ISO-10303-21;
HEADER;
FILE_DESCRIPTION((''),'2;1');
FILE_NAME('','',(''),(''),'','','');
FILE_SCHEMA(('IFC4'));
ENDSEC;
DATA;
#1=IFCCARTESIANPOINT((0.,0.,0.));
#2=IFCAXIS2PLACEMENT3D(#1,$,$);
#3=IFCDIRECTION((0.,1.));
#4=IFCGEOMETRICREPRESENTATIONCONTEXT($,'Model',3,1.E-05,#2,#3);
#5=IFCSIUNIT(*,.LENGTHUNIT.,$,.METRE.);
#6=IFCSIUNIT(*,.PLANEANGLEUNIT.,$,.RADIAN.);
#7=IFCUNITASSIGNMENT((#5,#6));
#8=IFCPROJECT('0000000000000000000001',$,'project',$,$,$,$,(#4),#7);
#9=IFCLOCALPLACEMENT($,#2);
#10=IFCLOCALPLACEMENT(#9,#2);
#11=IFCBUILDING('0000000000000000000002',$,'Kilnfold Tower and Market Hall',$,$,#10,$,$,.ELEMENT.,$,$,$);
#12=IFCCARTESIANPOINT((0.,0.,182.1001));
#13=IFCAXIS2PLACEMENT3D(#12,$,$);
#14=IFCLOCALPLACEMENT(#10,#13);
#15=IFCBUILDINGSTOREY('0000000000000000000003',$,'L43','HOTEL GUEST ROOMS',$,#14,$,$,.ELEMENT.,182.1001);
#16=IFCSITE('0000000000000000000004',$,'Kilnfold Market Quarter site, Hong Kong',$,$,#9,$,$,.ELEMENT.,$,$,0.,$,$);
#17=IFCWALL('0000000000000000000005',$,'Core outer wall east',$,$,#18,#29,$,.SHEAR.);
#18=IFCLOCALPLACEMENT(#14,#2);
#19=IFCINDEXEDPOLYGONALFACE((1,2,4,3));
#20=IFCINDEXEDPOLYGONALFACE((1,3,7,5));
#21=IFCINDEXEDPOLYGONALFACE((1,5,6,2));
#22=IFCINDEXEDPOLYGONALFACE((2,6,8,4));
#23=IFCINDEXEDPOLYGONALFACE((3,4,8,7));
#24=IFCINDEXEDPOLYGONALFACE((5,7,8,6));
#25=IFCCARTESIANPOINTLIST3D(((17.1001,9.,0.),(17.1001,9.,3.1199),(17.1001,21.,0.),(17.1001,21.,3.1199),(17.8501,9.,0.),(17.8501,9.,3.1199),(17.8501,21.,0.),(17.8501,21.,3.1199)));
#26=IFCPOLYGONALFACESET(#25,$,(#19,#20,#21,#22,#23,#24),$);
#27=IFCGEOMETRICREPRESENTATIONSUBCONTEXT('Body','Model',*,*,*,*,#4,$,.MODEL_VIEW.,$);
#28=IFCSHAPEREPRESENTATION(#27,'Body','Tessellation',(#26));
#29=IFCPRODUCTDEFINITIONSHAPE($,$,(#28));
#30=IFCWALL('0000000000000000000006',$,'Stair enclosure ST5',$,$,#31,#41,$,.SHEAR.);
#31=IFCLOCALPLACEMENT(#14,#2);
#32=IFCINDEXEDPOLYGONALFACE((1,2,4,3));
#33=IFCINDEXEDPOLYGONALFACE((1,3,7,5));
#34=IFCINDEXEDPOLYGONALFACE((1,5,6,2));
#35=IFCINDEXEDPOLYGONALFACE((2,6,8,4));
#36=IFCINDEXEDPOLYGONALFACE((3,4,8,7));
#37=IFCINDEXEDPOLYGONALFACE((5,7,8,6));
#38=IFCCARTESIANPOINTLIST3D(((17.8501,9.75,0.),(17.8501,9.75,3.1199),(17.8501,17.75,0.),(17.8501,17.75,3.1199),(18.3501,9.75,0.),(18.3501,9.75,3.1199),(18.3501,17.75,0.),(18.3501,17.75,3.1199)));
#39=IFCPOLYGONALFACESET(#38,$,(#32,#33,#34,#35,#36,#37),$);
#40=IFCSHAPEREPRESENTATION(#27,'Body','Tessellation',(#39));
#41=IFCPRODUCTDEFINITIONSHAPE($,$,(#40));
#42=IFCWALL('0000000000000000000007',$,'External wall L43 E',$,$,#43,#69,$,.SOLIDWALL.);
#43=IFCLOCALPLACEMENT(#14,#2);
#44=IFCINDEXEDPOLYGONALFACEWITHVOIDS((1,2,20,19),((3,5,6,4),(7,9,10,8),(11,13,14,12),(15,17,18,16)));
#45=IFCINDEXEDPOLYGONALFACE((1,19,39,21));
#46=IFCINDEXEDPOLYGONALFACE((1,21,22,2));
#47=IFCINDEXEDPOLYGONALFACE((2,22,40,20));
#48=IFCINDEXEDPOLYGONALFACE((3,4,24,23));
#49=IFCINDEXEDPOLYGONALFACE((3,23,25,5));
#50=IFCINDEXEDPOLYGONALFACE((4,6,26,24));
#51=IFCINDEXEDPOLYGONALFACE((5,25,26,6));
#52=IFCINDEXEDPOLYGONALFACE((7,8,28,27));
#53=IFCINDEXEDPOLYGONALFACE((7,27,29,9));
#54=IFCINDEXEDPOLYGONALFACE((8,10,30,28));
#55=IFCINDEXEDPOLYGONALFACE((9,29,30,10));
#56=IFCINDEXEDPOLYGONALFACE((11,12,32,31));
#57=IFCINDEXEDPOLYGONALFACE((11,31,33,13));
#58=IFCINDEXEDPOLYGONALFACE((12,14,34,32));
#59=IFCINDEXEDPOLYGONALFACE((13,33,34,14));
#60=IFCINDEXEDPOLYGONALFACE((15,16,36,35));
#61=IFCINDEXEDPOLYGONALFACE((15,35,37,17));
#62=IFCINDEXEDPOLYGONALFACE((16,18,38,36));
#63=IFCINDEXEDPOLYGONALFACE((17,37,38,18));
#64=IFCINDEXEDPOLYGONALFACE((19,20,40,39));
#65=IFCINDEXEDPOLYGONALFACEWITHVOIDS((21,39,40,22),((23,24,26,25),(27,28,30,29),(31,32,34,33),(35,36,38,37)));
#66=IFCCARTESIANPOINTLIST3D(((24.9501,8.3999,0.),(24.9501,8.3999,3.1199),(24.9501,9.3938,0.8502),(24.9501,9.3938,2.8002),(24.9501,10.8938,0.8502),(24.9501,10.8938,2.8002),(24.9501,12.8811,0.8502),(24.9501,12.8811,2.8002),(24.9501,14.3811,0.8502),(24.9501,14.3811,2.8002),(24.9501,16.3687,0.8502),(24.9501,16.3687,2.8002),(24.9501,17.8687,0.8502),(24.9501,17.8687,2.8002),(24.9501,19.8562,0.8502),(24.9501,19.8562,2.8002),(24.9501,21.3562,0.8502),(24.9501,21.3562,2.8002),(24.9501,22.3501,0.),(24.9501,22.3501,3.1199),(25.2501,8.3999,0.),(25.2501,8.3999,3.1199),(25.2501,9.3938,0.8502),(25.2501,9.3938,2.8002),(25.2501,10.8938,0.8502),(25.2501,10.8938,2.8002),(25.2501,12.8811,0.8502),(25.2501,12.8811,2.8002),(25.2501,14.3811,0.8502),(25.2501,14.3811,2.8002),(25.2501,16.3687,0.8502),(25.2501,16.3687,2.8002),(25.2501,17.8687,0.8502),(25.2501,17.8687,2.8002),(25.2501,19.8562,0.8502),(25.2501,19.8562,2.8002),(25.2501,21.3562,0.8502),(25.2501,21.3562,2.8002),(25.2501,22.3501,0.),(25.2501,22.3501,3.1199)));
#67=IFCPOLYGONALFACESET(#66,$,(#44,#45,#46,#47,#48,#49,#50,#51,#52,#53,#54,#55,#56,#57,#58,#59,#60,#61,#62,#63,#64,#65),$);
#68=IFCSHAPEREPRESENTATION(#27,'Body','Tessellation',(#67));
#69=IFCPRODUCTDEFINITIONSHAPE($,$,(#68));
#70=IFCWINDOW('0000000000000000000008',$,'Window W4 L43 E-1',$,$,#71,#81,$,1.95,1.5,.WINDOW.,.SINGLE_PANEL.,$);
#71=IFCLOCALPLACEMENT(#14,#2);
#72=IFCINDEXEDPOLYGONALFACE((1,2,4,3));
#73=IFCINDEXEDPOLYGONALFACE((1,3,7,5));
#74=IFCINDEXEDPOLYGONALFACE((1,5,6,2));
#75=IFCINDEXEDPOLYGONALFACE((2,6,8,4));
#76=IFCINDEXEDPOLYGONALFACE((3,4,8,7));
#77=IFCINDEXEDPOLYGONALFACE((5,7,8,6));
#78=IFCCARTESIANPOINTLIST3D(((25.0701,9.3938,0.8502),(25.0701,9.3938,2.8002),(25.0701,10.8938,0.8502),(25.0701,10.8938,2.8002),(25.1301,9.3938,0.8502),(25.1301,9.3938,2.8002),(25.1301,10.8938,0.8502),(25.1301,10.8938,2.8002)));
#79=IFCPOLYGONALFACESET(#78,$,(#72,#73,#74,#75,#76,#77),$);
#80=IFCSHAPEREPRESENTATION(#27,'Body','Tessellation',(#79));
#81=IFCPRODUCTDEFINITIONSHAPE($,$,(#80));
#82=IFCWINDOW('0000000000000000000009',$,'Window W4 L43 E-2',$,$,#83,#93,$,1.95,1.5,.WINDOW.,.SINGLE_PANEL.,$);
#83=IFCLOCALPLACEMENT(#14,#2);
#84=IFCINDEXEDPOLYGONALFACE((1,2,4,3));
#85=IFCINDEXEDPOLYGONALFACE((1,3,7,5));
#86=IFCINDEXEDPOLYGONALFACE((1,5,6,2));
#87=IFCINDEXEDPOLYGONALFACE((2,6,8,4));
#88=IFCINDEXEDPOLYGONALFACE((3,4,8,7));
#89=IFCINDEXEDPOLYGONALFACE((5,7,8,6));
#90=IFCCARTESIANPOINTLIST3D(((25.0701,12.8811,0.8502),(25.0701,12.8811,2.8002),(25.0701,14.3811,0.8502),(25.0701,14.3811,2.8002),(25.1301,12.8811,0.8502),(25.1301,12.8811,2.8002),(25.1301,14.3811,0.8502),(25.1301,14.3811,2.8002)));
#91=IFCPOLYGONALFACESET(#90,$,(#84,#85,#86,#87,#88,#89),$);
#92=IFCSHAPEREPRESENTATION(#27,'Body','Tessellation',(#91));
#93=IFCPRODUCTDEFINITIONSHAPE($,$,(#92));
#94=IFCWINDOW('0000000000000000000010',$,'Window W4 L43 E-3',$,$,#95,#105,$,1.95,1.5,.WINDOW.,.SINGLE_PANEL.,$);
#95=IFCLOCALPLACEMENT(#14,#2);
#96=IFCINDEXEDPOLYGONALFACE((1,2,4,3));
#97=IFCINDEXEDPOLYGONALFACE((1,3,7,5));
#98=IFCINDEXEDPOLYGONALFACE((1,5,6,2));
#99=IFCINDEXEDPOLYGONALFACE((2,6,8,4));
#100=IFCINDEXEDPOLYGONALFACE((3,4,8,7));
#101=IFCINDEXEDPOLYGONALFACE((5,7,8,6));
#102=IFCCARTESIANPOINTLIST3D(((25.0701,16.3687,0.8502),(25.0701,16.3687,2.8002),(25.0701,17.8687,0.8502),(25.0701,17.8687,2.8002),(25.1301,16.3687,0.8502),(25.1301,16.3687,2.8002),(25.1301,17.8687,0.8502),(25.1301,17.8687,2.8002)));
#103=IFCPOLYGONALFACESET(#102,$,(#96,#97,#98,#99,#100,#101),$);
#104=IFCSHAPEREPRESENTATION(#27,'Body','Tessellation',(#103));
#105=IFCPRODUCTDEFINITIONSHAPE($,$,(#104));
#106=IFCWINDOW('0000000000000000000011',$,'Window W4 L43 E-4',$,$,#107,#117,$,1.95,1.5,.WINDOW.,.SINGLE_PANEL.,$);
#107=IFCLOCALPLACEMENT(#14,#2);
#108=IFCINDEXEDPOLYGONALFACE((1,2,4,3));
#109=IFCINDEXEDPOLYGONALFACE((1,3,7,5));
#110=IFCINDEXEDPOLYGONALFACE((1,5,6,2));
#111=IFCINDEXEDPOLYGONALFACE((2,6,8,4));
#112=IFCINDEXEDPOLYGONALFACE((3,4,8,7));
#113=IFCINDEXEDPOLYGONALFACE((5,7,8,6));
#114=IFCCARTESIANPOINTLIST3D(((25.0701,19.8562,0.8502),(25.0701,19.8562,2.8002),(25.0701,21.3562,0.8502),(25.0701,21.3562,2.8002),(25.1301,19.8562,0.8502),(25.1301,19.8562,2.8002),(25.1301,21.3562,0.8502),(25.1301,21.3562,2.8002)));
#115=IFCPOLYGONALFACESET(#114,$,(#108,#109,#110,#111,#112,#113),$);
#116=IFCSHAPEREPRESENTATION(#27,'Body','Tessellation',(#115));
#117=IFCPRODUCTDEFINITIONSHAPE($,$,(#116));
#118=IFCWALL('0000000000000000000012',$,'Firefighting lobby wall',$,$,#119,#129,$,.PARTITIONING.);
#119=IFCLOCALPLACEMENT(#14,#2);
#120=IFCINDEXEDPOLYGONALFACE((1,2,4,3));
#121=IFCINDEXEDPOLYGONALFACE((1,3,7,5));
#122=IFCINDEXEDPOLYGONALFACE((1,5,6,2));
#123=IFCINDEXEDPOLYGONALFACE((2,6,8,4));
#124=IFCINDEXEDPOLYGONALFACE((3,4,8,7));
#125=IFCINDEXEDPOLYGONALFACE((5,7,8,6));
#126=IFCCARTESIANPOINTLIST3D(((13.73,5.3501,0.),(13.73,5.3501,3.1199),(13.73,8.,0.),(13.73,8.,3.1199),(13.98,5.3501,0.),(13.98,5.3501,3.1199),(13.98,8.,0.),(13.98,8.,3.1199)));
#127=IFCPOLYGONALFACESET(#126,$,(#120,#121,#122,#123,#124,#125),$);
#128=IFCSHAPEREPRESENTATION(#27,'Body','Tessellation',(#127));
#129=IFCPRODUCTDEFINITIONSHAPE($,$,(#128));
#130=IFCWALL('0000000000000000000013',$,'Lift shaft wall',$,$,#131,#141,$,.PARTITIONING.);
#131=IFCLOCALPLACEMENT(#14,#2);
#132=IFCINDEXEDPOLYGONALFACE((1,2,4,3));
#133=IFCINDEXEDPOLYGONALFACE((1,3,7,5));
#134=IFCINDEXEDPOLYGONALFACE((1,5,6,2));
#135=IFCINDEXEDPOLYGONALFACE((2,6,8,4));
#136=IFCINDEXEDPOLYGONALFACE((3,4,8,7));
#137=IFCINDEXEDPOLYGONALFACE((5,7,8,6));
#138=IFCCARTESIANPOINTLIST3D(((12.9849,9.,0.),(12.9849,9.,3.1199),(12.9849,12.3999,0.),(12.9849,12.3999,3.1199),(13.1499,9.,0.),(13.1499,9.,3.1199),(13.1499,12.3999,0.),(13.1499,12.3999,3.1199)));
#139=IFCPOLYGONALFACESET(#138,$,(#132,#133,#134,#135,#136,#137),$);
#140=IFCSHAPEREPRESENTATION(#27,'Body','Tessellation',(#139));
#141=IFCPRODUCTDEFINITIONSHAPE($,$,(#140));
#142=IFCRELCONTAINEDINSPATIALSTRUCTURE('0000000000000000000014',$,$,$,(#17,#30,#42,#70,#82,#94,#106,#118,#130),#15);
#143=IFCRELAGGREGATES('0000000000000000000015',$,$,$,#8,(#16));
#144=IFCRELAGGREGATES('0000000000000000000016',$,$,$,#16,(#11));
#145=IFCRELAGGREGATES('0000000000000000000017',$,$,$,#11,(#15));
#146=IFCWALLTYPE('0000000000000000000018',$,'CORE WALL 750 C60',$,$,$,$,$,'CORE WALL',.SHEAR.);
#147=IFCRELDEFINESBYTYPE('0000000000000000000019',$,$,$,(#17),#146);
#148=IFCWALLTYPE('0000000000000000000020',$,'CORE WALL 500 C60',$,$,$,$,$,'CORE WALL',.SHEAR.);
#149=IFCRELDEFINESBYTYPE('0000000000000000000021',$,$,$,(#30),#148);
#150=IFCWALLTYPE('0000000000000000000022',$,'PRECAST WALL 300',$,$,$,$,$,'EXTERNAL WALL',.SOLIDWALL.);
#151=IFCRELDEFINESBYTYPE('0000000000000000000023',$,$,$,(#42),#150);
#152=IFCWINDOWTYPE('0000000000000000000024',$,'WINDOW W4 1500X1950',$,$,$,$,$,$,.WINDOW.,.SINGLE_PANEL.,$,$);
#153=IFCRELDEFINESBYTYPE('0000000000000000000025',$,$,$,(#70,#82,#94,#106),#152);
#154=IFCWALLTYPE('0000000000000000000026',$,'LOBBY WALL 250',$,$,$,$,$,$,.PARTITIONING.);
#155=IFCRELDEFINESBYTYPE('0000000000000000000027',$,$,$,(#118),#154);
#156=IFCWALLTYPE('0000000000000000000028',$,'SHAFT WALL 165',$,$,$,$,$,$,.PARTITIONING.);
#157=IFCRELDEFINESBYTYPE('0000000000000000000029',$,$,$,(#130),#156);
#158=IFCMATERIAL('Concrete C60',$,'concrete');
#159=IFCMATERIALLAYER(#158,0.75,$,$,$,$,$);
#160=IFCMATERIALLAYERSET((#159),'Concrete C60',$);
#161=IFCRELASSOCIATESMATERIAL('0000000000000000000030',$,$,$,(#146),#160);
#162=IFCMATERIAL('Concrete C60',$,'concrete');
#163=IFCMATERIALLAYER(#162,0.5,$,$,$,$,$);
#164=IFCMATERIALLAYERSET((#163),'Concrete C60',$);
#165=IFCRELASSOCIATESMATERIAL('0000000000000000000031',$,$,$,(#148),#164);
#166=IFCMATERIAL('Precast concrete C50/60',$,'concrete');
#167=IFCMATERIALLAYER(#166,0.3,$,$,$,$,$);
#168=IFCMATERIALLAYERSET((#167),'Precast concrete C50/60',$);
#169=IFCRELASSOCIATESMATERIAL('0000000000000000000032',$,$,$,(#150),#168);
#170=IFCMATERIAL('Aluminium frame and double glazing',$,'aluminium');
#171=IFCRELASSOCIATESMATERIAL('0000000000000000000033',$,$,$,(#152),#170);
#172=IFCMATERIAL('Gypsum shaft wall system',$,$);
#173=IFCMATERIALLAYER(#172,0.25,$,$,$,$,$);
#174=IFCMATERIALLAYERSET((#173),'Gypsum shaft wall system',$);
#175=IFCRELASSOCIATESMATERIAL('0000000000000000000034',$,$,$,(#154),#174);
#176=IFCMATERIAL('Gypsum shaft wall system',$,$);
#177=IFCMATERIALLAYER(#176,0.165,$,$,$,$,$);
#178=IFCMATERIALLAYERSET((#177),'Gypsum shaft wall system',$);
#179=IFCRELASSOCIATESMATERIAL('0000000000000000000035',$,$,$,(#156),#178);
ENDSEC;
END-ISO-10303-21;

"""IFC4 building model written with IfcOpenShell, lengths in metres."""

from ifc_helpers import new_model, si_unit, direction, frame, frame_2d, origin, place, context, subcontext, project, spatial, rectangle, extrude, source, transform, mapped, material, layer, layer_set, type_object, element, fill, save


model = new_model("IFC4")

# Units and contexts
model_context = context("Model", 3, precision=1e-05, world=origin(), true_north=direction((0.0, 1.0)))
body_context = subcontext(model_context, "Body", "Model", "MODEL_VIEW")
ifc_project = project(units=[si_unit("LENGTHUNIT", "METRE"), si_unit("PLANEANGLEUNIT", "RADIAN")], contexts=[model_context])

# Site, building, storey
site_placement = place(None, origin())
site = spatial("IfcSite", under=ifc_project, at=site_placement, Name="Kilnfold Market Quarter site, Hong Kong", CompositionType="ELEMENT", RefElevation=0.0)
building_placement = place(site_placement, origin())
building = spatial("IfcBuilding", under=site, at=building_placement, Name="Kilnfold Tower and Market Hall", CompositionType="ELEMENT")
storey_placement = place(building_placement, frame((0.0, 0.0, 182.1001)))
storey = spatial("IfcBuildingStorey", under=building, at=storey_placement, Name="L43", Description="HOTEL GUEST ROOMS", CompositionType="ELEMENT", Elevation=182.1001)

# Walls
ifc_material_1 = material(Name="Concrete C60", Category="concrete")
ifc_layer_1 = layer(ifc_material_1, 0.75)
ifc_layer_set_1 = layer_set([ifc_layer_1], Name="Concrete C60")
wall_type_1 = type_object("IfcWallType", Name="CORE WALL 750 C60", ElementType="CORE WALL", PredefinedType="SHEAR", material=ifc_layer_set_1)
shared_shape_1 = source(origin(), body_context, "Body", "SweptSolid", [
    extrude(rectangle(XDim=12.0, YDim=0.75, at=frame_2d((6.0, 0.0))), origin(), (0.0, 0.0, 1.0), 3.1199),
])
wall_1_placement = place(storey_placement, frame((17.4751, 9.0, 0.0), z_axis=(0.0, 0.0, 1.0), x_axis=(0.0, 1.0, 0.0)))
element("IfcWall", 1, at=wall_1_placement, inside=storey, type_object=wall_type_1, Name="Core outer wall east", PredefinedType="SHEAR", context=body_context, shape_type="MappedRepresentation", body=[
    mapped(shared_shape_1, transform((0.0, 0.0, 0.0))),
])
ifc_material_2 = material(Name="Concrete C60", Category="concrete")
ifc_layer_2 = layer(ifc_material_2, 0.5)
ifc_layer_set_2 = layer_set([ifc_layer_2], Name="Concrete C60")
wall_type_2 = type_object("IfcWallType", Name="CORE WALL 500 C60", ElementType="CORE WALL", PredefinedType="SHEAR", material=ifc_layer_set_2)
shared_shape_2 = source(origin(), body_context, "Body", "SweptSolid", [
    extrude(rectangle(XDim=8.0, YDim=0.5, at=frame_2d((4.0, 0.0))), origin(), (0.0, 0.0, 1.0), 3.1199),
])
wall_2_placement = place(storey_placement, frame((18.1001, 9.75, 0.0), z_axis=(0.0, 0.0, 1.0), x_axis=(0.0, 1.0, 0.0)))
element("IfcWall", 2, at=wall_2_placement, inside=storey, type_object=wall_type_2, Name="Stair enclosure ST5", PredefinedType="SHEAR", context=body_context, shape_type="MappedRepresentation", body=[
    mapped(shared_shape_2, transform((0.0, 0.0, 0.0))),
])

# Wall, openings, windows
ifc_material_3 = material(Name="Precast concrete C50/60", Category="concrete")
ifc_layer_3 = layer(ifc_material_3, 0.3)
ifc_layer_set_3 = layer_set([ifc_layer_3], Name="Precast concrete C50/60")
wall_type_3 = type_object("IfcWallType", Name="PRECAST WALL 300", ElementType="EXTERNAL WALL", PredefinedType="SOLIDWALL", material=ifc_layer_set_3)
shared_shape_3 = source(origin(), body_context, "Body", "SweptSolid", [
    extrude(rectangle(XDim=13.9502, YDim=0.3, at=frame_2d((6.9751, 0.0))), origin(), (0.0, 0.0, 1.0), 3.1199),
])
wall_3_placement = place(storey_placement, frame((25.1001, 8.3999, 0.0), z_axis=(0.0, 0.0, 1.0), x_axis=(0.0, 1.0, 0.0)))
wall_3 = element("IfcWall", 3, at=wall_3_placement, inside=storey, type_object=wall_type_3, Name="External wall L43 E", PredefinedType="SOLIDWALL", context=body_context, shape_type="MappedRepresentation", body=[
    mapped(shared_shape_3, transform((0.0, 0.0, 0.0))),
])
opening_1_placement = place(wall_3_placement, frame((0.9939, 0.0, 0.8501)))
opening_1 = element("IfcOpeningElement", 4, at=opening_1_placement, cuts=wall_3, PredefinedType="OPENING", context=body_context, shape_type="SweptSolid", body=[
    extrude(rectangle(XDim=1.5, YDim=1.95, at=frame_2d((0.75, 0.9751))), frame((0.0, 0.1602, 0.0), z_axis=(0.0, -1.0, 0.0), x_axis=(1.0, 0.0, 0.0)), (0.0, 0.0, 1.0), 0.3201),
])
opening_2_placement = place(wall_3_placement, frame((4.4812, 0.0, 0.8501)))
opening_2 = element("IfcOpeningElement", 5, at=opening_2_placement, cuts=wall_3, PredefinedType="OPENING", context=body_context, shape_type="SweptSolid", body=[
    extrude(rectangle(XDim=1.5, YDim=1.95, at=frame_2d((0.75, 0.9751))), frame((0.0, 0.1602, 0.0), z_axis=(0.0, -1.0, 0.0), x_axis=(1.0, 0.0, 0.0)), (0.0, 0.0, 1.0), 0.3201),
])
opening_3_placement = place(wall_3_placement, frame((7.9688, 0.0, 0.8501)))
opening_3 = element("IfcOpeningElement", 6, at=opening_3_placement, cuts=wall_3, PredefinedType="OPENING", context=body_context, shape_type="SweptSolid", body=[
    extrude(rectangle(XDim=1.5, YDim=1.95, at=frame_2d((0.75, 0.9751))), frame((0.0, 0.1602, 0.0), z_axis=(0.0, -1.0, 0.0), x_axis=(1.0, 0.0, 0.0)), (0.0, 0.0, 1.0), 0.3201),
])
opening_4_placement = place(wall_3_placement, frame((11.4563, 0.0, 0.8501)))
opening_4 = element("IfcOpeningElement", 7, at=opening_4_placement, cuts=wall_3, PredefinedType="OPENING", context=body_context, shape_type="SweptSolid", body=[
    extrude(rectangle(XDim=1.5, YDim=1.95, at=frame_2d((0.75, 0.9751))), frame((0.0, 0.1602, 0.0), z_axis=(0.0, -1.0, 0.0), x_axis=(1.0, 0.0, 0.0)), (0.0, 0.0, 1.0), 0.3201),
])
ifc_material_4 = material(Name="Aluminium frame and double glazing", Category="aluminium")
window_type = type_object("IfcWindowType", Name="WINDOW W4 1500X1950", PartitioningType="SINGLE_PANEL", PredefinedType="WINDOW", material=ifc_material_4)
window_1_placement = place(opening_1_placement, origin())
window_1 = element("IfcWindow", 8, at=window_1_placement, inside=storey, type_object=window_type, Name="Window W4 L43 E-1", OverallHeight=1.95, OverallWidth=1.5, PartitioningType="SINGLE_PANEL", PredefinedType="WINDOW", context=body_context, shape_type="SweptSolid", body=[
    extrude(rectangle(XDim=1.5, YDim=1.95, at=frame_2d((0.75, 0.9751))), frame((0.0, 0.03, 0.0), z_axis=(0.0, -1.0, 0.0), x_axis=(1.0, 0.0, 0.0)), (0.0, 0.0, 1.0), 0.0601),
])
fill(opening_1, window_1)
window_2_placement = place(opening_2_placement, origin())
window_2 = element("IfcWindow", 9, at=window_2_placement, inside=storey, type_object=window_type, Name="Window W4 L43 E-2", OverallHeight=1.95, OverallWidth=1.5, PartitioningType="SINGLE_PANEL", PredefinedType="WINDOW", context=body_context, shape_type="SweptSolid", body=[
    extrude(rectangle(XDim=1.5, YDim=1.95, at=frame_2d((0.75, 0.9751))), frame((0.0, 0.03, 0.0), z_axis=(0.0, -1.0, 0.0), x_axis=(1.0, 0.0, 0.0)), (0.0, 0.0, 1.0), 0.0601),
])
fill(opening_2, window_2)
window_3_placement = place(opening_3_placement, origin())
window_3 = element("IfcWindow", 10, at=window_3_placement, inside=storey, type_object=window_type, Name="Window W4 L43 E-3", OverallHeight=1.95, OverallWidth=1.5, PartitioningType="SINGLE_PANEL", PredefinedType="WINDOW", context=body_context, shape_type="SweptSolid", body=[
    extrude(rectangle(XDim=1.5, YDim=1.95, at=frame_2d((0.75, 0.9751))), frame((0.0, 0.03, 0.0), z_axis=(0.0, -1.0, 0.0), x_axis=(1.0, 0.0, 0.0)), (0.0, 0.0, 1.0), 0.0601),
])
fill(opening_3, window_3)
window_4_placement = place(opening_4_placement, origin())
window_4 = element("IfcWindow", 11, at=window_4_placement, inside=storey, type_object=window_type, Name="Window W4 L43 E-4", OverallHeight=1.95, OverallWidth=1.5, PartitioningType="SINGLE_PANEL", PredefinedType="WINDOW", context=body_context, shape_type="SweptSolid", body=[
    extrude(rectangle(XDim=1.5, YDim=1.95, at=frame_2d((0.75, 0.9751))), frame((0.0, 0.03, 0.0), z_axis=(0.0, -1.0, 0.0), x_axis=(1.0, 0.0, 0.0)), (0.0, 0.0, 1.0), 0.0601),
])
fill(opening_4, window_4)

# Walls
ifc_material_5 = material(Name="Gypsum shaft wall system")
ifc_layer_4 = layer(ifc_material_5, 0.25)
ifc_layer_set_4 = layer_set([ifc_layer_4], Name="Gypsum shaft wall system")
wall_type_4 = type_object("IfcWallType", Name="LOBBY WALL 250", PredefinedType="PARTITIONING", material=ifc_layer_set_4)
shared_shape_4 = source(origin(), body_context, "Body", "SweptSolid", [
    extrude(rectangle(XDim=2.6499, YDim=0.25, at=frame_2d((1.325, 0.0))), origin(), (0.0, 0.0, 1.0), 3.1199),
])
wall_4_placement = place(storey_placement, frame((13.855, 5.3501, 0.0), z_axis=(0.0, 0.0, 1.0), x_axis=(0.0, 1.0, 0.0)))
element("IfcWall", 12, at=wall_4_placement, inside=storey, type_object=wall_type_4, Name="Firefighting lobby wall", PredefinedType="PARTITIONING", context=body_context, shape_type="MappedRepresentation", body=[
    mapped(shared_shape_4, transform((0.0, 0.0, 0.0))),
])
ifc_material_6 = material(Name="Gypsum shaft wall system")
ifc_layer_5 = layer(ifc_material_6, 0.165)
ifc_layer_set_5 = layer_set([ifc_layer_5], Name="Gypsum shaft wall system")
wall_type_5 = type_object("IfcWallType", Name="SHAFT WALL 165", PredefinedType="PARTITIONING", material=ifc_layer_set_5)
shared_shape_5 = source(origin(), body_context, "Body", "SweptSolid", [
    extrude(rectangle(XDim=3.3999, YDim=0.165, at=frame_2d((1.7, 0.0))), origin(), (0.0, 0.0, 1.0), 3.1199),
])
wall_5_placement = place(storey_placement, frame((13.0674, 9.0, 0.0), z_axis=(0.0, 0.0, 1.0), x_axis=(0.0, 1.0, 0.0)))
element("IfcWall", 13, at=wall_5_placement, inside=storey, type_object=wall_type_5, Name="Lift shaft wall", PredefinedType="PARTITIONING", context=body_context, shape_type="MappedRepresentation", body=[
    mapped(shared_shape_5, transform((0.0, 0.0, 0.0))),
])

save(model, "model.ifc")
